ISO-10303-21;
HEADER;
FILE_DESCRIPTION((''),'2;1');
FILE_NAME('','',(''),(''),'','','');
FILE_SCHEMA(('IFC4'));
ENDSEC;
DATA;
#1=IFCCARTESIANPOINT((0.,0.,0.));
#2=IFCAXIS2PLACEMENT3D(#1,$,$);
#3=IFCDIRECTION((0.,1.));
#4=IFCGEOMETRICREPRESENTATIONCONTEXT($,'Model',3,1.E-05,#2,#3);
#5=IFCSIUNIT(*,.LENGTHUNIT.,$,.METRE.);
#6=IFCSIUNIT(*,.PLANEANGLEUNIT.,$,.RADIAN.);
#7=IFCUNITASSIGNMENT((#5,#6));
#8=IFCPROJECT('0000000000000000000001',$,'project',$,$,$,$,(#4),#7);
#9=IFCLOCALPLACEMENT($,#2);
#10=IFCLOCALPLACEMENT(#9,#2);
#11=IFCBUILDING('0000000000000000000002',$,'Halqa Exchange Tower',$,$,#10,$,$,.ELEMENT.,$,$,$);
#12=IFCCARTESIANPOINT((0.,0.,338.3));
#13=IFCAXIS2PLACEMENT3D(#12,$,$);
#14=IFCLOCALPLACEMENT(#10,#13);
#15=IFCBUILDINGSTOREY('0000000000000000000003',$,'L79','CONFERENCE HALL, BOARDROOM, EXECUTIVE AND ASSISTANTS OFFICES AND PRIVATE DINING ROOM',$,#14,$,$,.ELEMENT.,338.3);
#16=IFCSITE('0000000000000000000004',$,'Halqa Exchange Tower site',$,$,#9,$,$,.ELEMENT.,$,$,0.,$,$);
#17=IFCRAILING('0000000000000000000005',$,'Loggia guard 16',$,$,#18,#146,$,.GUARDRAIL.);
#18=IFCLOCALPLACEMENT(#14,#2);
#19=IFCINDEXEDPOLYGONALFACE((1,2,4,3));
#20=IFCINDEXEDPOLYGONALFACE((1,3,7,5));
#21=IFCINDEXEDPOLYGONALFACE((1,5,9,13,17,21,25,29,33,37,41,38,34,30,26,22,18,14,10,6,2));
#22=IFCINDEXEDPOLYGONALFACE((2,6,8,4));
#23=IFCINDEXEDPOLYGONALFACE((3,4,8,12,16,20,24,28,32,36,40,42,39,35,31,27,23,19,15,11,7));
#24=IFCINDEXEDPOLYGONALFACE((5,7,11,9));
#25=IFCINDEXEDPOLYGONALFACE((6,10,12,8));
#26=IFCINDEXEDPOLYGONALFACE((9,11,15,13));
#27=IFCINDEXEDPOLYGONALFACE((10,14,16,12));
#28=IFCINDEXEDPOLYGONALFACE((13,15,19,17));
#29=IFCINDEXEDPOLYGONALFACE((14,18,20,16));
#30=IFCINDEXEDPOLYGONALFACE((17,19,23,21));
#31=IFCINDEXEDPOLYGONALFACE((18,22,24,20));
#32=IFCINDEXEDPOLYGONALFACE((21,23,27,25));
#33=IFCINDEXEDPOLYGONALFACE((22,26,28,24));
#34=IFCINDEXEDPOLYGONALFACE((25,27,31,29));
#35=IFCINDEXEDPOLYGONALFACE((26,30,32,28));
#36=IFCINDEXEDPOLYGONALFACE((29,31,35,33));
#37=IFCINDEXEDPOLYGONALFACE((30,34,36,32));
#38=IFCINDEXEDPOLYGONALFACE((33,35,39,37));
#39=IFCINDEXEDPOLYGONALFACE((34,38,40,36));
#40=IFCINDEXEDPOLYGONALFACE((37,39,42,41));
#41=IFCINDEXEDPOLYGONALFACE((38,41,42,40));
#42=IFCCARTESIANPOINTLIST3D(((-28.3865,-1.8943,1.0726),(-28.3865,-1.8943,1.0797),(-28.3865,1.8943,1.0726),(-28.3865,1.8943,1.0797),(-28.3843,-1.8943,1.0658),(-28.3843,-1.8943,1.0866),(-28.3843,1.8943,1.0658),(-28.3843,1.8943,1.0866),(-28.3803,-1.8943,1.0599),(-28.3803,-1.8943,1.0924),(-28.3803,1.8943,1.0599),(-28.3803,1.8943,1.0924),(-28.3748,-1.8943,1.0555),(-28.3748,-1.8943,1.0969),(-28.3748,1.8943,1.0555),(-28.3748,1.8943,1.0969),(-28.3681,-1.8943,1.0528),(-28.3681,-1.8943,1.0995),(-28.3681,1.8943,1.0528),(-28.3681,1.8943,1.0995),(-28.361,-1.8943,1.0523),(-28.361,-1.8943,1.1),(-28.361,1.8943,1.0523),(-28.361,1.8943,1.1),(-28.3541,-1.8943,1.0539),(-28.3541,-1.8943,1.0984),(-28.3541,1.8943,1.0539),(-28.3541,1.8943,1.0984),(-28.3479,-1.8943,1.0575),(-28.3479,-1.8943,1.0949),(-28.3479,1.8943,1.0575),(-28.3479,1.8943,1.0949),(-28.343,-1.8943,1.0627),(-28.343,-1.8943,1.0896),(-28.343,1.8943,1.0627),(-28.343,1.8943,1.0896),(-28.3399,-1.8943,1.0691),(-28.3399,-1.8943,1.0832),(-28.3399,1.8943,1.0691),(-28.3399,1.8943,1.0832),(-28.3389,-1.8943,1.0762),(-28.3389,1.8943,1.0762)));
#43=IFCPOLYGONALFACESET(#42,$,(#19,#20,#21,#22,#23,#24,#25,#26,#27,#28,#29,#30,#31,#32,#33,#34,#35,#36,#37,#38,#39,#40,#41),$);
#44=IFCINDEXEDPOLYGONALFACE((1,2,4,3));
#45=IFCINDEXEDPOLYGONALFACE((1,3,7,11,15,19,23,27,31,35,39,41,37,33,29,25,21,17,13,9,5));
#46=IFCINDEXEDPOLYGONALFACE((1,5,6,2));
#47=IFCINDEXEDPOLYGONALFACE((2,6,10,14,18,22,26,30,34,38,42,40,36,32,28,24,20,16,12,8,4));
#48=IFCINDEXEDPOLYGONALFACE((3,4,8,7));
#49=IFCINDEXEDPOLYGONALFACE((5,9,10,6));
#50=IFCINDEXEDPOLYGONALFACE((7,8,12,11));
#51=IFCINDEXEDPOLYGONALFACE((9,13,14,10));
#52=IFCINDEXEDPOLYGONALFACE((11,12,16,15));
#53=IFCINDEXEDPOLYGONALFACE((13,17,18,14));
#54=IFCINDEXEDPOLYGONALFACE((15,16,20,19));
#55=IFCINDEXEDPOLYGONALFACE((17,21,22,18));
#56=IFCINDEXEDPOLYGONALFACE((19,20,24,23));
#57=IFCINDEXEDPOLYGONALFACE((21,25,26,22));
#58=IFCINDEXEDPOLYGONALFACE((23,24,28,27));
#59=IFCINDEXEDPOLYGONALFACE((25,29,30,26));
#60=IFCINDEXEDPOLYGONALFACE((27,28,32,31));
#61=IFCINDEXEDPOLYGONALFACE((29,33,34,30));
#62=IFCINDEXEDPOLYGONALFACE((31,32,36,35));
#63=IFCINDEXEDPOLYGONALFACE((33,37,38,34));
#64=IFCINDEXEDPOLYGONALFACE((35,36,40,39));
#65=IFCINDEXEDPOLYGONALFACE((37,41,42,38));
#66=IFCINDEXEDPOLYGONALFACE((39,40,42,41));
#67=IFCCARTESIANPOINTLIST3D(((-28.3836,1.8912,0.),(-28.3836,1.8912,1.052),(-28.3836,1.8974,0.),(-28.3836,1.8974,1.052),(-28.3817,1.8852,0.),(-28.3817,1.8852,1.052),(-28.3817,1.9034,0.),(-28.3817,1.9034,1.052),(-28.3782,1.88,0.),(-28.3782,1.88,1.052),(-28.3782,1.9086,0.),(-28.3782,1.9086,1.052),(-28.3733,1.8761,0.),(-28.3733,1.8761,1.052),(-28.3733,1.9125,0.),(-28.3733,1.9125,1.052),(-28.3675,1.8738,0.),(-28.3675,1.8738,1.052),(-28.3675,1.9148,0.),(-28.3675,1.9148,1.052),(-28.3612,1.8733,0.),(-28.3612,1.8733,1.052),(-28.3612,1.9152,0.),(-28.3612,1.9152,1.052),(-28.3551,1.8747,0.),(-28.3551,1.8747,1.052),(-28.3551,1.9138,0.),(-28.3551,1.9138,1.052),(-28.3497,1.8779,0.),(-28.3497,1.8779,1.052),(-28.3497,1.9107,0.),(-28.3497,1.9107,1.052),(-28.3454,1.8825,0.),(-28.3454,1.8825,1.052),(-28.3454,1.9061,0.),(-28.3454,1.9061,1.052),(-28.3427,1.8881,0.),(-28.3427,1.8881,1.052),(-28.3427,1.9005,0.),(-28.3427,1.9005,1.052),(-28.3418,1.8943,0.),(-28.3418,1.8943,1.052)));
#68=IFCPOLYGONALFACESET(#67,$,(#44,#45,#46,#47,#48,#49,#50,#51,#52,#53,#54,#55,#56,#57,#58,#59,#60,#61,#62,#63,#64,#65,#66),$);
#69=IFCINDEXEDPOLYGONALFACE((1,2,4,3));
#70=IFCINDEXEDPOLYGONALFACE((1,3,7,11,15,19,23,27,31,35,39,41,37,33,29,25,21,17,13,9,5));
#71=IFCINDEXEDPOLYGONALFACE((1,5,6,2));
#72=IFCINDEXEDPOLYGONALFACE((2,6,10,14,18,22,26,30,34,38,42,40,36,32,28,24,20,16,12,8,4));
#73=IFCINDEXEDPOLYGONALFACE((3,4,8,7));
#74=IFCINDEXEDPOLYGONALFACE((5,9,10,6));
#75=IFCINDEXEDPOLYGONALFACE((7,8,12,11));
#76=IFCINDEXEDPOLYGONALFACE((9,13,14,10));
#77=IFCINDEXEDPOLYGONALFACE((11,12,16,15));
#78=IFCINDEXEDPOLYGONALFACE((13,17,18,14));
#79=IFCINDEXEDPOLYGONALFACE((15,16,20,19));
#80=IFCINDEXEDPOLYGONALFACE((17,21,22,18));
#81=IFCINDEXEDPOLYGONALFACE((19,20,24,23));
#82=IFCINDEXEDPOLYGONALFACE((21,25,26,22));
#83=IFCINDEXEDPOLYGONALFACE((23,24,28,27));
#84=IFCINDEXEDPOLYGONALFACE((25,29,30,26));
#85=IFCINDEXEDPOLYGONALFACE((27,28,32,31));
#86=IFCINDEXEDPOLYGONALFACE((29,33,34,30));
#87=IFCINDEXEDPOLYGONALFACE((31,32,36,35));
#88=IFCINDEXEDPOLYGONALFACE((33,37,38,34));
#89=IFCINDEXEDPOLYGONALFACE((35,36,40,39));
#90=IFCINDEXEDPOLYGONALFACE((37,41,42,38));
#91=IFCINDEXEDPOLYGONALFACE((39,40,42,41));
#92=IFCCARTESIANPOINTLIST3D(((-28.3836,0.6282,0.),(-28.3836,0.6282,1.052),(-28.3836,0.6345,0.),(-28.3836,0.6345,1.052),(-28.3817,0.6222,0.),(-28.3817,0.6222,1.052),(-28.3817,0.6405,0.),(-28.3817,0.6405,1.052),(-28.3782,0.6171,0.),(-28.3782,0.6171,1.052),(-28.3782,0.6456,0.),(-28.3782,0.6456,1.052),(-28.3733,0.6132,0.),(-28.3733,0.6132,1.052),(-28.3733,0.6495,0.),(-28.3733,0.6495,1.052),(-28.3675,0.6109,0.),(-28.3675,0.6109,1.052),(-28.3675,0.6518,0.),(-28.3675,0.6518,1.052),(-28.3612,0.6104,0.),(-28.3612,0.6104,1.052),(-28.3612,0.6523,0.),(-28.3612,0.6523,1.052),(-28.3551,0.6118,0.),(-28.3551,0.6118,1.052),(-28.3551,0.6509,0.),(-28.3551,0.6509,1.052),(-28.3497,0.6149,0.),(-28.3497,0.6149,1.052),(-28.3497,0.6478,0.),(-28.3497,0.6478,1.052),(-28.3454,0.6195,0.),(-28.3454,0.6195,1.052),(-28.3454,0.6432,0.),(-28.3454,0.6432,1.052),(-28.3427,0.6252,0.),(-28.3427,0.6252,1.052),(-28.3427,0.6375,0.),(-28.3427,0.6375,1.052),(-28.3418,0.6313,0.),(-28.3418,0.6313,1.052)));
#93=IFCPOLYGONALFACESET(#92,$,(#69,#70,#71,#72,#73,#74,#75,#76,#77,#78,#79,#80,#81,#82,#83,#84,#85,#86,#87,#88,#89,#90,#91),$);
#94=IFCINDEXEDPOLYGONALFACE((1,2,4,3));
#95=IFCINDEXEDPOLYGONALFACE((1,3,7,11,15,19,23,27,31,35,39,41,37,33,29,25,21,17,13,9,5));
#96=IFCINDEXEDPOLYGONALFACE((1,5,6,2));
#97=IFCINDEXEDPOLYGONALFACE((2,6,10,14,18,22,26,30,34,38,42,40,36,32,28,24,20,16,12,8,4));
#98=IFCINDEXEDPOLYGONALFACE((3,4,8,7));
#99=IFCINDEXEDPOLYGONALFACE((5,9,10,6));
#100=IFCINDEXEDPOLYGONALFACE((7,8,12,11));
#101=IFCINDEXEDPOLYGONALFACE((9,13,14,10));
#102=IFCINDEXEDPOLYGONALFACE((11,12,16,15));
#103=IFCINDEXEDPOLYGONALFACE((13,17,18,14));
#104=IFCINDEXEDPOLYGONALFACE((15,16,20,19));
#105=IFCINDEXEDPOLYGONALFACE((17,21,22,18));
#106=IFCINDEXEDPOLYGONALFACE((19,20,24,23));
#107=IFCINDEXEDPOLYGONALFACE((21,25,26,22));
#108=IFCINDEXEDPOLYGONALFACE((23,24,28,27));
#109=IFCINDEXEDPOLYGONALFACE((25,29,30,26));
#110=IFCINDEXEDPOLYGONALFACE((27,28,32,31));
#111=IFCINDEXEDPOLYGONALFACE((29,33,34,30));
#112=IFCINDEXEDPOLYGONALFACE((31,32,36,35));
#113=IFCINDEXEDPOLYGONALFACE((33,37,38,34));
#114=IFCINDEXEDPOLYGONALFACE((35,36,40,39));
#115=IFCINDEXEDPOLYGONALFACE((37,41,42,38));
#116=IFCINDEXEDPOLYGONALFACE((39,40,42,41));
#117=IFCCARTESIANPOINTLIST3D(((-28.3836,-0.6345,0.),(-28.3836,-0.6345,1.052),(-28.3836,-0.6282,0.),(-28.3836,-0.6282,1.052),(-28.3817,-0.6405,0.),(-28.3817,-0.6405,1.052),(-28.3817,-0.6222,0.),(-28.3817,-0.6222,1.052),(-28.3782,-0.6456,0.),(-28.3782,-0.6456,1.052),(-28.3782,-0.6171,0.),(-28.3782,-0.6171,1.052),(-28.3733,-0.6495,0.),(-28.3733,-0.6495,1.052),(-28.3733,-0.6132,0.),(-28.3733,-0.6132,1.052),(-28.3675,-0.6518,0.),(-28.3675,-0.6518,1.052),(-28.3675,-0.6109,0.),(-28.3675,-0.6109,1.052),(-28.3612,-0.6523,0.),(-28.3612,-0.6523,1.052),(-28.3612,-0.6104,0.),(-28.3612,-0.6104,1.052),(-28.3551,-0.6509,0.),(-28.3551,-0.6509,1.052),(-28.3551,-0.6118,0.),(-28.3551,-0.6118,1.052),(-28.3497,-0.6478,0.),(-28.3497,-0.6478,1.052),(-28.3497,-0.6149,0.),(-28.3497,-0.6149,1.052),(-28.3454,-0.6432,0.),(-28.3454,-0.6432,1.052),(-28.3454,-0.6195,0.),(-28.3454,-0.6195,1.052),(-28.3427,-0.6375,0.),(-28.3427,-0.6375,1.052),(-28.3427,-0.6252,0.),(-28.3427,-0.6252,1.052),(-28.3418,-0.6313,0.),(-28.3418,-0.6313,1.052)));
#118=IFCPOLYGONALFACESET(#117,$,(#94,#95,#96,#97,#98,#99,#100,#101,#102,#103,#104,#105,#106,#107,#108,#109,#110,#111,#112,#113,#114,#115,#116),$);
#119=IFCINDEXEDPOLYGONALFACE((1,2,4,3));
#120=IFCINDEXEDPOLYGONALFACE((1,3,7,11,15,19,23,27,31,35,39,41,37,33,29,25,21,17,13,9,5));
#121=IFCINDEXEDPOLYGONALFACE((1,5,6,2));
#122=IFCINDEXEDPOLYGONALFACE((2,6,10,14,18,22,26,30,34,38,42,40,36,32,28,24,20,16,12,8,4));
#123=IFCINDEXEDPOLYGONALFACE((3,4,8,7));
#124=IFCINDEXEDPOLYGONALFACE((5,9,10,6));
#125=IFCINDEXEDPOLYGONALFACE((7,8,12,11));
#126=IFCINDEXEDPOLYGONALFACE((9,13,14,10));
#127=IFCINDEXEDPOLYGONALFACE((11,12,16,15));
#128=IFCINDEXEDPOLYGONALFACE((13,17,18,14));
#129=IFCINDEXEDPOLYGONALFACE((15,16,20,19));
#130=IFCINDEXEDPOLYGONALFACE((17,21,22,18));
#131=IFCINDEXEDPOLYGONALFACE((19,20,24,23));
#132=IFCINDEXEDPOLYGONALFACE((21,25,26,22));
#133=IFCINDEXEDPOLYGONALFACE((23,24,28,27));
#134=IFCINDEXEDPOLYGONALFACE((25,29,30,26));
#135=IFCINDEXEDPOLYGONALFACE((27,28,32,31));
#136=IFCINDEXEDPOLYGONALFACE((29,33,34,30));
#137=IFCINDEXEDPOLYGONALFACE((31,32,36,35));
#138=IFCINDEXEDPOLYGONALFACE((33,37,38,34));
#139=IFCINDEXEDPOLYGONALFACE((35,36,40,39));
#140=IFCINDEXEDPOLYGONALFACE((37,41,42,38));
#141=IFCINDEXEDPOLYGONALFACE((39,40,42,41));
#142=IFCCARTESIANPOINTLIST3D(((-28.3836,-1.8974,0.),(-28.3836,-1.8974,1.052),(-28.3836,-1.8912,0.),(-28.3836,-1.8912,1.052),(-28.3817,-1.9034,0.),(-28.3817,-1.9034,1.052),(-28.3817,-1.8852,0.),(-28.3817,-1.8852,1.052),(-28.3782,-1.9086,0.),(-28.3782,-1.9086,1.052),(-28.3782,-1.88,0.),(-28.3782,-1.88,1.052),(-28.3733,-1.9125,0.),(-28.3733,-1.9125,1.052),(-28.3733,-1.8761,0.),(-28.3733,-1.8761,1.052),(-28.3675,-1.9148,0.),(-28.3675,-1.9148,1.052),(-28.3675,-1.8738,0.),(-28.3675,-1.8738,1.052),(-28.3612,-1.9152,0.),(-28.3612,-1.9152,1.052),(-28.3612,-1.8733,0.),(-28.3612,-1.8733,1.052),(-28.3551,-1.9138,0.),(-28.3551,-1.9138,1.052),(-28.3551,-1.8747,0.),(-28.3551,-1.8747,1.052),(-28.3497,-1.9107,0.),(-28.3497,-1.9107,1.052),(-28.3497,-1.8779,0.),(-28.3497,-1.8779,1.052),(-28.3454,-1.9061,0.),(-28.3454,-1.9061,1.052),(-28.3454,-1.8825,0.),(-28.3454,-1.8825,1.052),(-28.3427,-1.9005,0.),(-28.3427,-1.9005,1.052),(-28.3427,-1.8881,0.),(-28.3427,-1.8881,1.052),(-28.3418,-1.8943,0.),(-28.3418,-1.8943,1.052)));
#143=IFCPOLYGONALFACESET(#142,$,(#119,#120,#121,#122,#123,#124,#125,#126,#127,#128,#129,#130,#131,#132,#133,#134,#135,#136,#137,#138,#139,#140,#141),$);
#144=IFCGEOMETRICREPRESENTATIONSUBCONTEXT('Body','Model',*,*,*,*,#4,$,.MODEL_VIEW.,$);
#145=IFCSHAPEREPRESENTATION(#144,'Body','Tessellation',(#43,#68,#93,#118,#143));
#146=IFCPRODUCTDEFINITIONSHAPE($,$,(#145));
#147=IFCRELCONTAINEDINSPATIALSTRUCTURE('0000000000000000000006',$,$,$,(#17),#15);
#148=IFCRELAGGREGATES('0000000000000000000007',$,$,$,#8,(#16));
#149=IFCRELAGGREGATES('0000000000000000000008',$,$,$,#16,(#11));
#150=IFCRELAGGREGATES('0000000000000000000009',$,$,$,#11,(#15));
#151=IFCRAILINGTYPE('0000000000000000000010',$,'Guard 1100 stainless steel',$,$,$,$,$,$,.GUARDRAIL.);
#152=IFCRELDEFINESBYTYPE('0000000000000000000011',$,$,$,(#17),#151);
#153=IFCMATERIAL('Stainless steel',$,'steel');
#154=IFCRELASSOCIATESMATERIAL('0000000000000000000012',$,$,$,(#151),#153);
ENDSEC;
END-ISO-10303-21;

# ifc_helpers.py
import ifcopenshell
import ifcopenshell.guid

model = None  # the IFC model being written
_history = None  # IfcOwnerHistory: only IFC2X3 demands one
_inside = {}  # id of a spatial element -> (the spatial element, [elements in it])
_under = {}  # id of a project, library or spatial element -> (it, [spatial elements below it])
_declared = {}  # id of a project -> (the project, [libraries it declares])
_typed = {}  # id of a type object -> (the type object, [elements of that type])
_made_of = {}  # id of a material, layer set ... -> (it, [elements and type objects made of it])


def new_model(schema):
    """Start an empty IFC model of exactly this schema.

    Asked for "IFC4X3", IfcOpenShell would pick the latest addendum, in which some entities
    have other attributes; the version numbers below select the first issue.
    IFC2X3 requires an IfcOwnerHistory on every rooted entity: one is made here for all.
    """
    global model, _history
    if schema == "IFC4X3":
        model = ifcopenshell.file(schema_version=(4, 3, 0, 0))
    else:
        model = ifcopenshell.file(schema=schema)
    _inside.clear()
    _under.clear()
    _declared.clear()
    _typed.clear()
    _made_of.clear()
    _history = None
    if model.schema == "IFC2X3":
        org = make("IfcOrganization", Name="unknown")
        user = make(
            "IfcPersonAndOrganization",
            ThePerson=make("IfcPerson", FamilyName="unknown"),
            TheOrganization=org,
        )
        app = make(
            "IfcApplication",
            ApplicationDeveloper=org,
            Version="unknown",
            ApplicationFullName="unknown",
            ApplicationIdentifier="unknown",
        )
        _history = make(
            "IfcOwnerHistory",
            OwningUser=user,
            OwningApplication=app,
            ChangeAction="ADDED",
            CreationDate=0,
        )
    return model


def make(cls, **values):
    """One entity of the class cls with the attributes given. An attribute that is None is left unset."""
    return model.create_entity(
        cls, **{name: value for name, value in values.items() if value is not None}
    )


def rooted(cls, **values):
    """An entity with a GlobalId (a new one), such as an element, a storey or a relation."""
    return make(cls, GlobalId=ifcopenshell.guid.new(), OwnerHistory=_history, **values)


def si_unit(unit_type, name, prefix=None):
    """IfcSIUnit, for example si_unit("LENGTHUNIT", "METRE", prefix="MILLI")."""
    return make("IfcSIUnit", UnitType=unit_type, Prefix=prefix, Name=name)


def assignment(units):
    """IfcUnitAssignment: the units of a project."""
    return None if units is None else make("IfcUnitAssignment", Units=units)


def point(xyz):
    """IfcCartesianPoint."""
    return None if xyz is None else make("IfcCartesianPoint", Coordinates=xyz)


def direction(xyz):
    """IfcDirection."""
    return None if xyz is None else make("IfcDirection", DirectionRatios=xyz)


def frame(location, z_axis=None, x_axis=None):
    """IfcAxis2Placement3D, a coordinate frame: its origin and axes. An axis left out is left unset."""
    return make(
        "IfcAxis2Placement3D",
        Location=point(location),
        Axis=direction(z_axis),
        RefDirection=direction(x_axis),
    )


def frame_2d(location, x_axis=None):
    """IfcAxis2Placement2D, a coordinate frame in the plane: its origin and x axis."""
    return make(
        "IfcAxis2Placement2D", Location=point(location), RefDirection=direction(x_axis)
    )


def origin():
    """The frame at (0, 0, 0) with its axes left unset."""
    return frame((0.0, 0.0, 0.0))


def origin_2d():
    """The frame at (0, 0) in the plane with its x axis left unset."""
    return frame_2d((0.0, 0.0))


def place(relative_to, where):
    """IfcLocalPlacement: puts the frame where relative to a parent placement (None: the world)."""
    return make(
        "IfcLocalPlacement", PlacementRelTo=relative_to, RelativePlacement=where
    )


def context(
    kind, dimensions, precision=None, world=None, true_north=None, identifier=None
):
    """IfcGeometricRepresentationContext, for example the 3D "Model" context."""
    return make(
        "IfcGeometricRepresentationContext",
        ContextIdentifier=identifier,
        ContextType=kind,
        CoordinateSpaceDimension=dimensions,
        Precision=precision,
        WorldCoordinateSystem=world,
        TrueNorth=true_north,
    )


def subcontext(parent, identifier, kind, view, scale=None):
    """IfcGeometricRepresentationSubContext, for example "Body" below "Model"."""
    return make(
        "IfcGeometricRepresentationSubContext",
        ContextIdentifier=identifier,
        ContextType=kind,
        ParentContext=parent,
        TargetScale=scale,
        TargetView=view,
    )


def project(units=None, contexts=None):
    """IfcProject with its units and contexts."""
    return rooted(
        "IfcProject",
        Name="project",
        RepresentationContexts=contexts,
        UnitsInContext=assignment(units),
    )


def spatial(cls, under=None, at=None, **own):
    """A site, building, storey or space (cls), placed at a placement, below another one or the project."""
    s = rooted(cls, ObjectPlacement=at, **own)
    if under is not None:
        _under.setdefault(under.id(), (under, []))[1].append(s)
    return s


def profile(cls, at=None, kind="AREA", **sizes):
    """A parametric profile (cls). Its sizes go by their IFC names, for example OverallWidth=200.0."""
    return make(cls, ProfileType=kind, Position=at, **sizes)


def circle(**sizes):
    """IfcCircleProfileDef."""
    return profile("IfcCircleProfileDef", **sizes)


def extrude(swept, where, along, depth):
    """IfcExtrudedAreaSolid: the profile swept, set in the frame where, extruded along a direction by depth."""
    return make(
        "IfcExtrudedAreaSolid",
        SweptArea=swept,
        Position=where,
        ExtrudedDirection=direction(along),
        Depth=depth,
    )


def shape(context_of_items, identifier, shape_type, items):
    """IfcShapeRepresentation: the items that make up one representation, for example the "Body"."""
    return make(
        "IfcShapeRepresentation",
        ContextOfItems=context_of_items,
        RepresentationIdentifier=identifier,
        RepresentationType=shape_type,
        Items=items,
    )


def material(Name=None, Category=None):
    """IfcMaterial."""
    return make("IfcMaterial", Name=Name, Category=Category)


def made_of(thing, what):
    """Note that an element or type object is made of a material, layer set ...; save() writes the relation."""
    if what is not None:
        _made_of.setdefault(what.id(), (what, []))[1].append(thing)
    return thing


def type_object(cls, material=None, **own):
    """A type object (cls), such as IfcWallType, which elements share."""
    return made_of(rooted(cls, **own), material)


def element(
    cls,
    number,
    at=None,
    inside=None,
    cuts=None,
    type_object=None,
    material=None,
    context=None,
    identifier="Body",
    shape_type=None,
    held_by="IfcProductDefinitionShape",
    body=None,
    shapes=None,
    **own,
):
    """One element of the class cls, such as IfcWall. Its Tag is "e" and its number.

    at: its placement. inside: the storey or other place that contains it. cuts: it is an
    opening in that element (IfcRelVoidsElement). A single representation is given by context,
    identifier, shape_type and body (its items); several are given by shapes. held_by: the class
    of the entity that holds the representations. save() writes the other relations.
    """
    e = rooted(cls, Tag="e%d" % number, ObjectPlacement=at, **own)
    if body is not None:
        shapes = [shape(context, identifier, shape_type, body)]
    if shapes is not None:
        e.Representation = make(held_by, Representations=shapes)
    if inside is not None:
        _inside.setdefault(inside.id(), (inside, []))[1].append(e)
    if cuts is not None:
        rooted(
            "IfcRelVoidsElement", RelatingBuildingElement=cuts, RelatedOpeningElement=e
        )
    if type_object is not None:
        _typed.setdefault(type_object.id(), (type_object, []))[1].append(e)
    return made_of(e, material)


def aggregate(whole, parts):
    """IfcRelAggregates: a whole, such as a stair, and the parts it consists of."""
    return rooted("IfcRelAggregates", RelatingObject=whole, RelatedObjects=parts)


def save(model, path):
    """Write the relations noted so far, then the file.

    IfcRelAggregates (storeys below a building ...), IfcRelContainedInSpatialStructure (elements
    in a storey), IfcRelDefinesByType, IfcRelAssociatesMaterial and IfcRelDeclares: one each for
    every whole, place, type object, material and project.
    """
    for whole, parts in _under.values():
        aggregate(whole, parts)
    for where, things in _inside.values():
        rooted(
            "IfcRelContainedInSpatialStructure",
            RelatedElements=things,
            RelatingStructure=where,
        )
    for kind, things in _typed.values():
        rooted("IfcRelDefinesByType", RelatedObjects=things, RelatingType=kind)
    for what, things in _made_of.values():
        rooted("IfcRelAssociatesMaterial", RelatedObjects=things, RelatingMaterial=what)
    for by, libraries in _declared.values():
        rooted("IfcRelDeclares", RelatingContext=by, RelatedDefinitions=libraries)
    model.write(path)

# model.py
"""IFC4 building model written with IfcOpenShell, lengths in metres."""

from ifc_helpers import new_model, si_unit, direction, frame, origin, origin_2d, place, context, subcontext, project, spatial, circle, extrude, material, type_object, element, save


model = new_model("IFC4")

# Units and contexts
model_context = context("Model", 3, precision=1e-05, world=origin(), true_north=direction((0.0, 1.0)))
body_context = subcontext(model_context, "Body", "Model", "MODEL_VIEW")
ifc_project = project(units=[si_unit("LENGTHUNIT", "METRE"), si_unit("PLANEANGLEUNIT", "RADIAN")], contexts=[model_context])

# Site, building, storey
site_placement = place(None, origin())
site = spatial("IfcSite", under=ifc_project, at=site_placement, Name="Halqa Exchange Tower site", CompositionType="ELEMENT", RefElevation=0.0)
building_placement = place(site_placement, origin())
building = spatial("IfcBuilding", under=site, at=building_placement, Name="Halqa Exchange Tower", CompositionType="ELEMENT")
storey_placement = place(building_placement, frame((0.0, 0.0, 338.3)))
storey = spatial("IfcBuildingStorey", under=building, at=storey_placement, Name="L79", Description="CONFERENCE HALL, BOARDROOM, EXECUTIVE AND ASSISTANTS OFFICES AND PRIVATE DINING ROOM", CompositionType="ELEMENT", Elevation=338.3)

# Railing
ifc_material_1 = material(Name="Stainless steel", Category="steel")
railing_type = type_object("IfcRailingType", Name="Guard 1100 stainless steel", PredefinedType="GUARDRAIL", material=ifc_material_1)
railing_1_placement = place(storey_placement, frame((-28.3628, 1.8943, 0.0)))
element("IfcRailing", 1, at=railing_1_placement, inside=storey, type_object=railing_type, Name="Loggia guard 16", PredefinedType="GUARDRAIL", context=body_context, shape_type="SweptSolid", body=[
    extrude(circle(Radius=0.0239, at=origin_2d()), frame((0.0, 0.0, 1.0762), z_axis=(0.0, -1.0, 0.0), x_axis=(1.0, 0.0, 0.0)), (0.0, 0.0, 1.0), 3.7886),
    extrude(circle(Radius=0.021, at=origin_2d()), origin(), (0.0, 0.0, 1.0), 1.052),
    extrude(circle(Radius=0.021, at=origin_2d()), frame((0.0, -1.2629, 0.0)), (0.0, 0.0, 1.0), 1.052),
    extrude(circle(Radius=0.021, at=origin_2d()), frame((0.0, -2.5256, 0.0)), (0.0, 0.0, 1.0), 1.052),
    extrude(circle(Radius=0.021, at=origin_2d()), frame((0.0, -3.7886, 0.0)), (0.0, 0.0, 1.0), 1.052),
])

save(model, "model.ifc")
